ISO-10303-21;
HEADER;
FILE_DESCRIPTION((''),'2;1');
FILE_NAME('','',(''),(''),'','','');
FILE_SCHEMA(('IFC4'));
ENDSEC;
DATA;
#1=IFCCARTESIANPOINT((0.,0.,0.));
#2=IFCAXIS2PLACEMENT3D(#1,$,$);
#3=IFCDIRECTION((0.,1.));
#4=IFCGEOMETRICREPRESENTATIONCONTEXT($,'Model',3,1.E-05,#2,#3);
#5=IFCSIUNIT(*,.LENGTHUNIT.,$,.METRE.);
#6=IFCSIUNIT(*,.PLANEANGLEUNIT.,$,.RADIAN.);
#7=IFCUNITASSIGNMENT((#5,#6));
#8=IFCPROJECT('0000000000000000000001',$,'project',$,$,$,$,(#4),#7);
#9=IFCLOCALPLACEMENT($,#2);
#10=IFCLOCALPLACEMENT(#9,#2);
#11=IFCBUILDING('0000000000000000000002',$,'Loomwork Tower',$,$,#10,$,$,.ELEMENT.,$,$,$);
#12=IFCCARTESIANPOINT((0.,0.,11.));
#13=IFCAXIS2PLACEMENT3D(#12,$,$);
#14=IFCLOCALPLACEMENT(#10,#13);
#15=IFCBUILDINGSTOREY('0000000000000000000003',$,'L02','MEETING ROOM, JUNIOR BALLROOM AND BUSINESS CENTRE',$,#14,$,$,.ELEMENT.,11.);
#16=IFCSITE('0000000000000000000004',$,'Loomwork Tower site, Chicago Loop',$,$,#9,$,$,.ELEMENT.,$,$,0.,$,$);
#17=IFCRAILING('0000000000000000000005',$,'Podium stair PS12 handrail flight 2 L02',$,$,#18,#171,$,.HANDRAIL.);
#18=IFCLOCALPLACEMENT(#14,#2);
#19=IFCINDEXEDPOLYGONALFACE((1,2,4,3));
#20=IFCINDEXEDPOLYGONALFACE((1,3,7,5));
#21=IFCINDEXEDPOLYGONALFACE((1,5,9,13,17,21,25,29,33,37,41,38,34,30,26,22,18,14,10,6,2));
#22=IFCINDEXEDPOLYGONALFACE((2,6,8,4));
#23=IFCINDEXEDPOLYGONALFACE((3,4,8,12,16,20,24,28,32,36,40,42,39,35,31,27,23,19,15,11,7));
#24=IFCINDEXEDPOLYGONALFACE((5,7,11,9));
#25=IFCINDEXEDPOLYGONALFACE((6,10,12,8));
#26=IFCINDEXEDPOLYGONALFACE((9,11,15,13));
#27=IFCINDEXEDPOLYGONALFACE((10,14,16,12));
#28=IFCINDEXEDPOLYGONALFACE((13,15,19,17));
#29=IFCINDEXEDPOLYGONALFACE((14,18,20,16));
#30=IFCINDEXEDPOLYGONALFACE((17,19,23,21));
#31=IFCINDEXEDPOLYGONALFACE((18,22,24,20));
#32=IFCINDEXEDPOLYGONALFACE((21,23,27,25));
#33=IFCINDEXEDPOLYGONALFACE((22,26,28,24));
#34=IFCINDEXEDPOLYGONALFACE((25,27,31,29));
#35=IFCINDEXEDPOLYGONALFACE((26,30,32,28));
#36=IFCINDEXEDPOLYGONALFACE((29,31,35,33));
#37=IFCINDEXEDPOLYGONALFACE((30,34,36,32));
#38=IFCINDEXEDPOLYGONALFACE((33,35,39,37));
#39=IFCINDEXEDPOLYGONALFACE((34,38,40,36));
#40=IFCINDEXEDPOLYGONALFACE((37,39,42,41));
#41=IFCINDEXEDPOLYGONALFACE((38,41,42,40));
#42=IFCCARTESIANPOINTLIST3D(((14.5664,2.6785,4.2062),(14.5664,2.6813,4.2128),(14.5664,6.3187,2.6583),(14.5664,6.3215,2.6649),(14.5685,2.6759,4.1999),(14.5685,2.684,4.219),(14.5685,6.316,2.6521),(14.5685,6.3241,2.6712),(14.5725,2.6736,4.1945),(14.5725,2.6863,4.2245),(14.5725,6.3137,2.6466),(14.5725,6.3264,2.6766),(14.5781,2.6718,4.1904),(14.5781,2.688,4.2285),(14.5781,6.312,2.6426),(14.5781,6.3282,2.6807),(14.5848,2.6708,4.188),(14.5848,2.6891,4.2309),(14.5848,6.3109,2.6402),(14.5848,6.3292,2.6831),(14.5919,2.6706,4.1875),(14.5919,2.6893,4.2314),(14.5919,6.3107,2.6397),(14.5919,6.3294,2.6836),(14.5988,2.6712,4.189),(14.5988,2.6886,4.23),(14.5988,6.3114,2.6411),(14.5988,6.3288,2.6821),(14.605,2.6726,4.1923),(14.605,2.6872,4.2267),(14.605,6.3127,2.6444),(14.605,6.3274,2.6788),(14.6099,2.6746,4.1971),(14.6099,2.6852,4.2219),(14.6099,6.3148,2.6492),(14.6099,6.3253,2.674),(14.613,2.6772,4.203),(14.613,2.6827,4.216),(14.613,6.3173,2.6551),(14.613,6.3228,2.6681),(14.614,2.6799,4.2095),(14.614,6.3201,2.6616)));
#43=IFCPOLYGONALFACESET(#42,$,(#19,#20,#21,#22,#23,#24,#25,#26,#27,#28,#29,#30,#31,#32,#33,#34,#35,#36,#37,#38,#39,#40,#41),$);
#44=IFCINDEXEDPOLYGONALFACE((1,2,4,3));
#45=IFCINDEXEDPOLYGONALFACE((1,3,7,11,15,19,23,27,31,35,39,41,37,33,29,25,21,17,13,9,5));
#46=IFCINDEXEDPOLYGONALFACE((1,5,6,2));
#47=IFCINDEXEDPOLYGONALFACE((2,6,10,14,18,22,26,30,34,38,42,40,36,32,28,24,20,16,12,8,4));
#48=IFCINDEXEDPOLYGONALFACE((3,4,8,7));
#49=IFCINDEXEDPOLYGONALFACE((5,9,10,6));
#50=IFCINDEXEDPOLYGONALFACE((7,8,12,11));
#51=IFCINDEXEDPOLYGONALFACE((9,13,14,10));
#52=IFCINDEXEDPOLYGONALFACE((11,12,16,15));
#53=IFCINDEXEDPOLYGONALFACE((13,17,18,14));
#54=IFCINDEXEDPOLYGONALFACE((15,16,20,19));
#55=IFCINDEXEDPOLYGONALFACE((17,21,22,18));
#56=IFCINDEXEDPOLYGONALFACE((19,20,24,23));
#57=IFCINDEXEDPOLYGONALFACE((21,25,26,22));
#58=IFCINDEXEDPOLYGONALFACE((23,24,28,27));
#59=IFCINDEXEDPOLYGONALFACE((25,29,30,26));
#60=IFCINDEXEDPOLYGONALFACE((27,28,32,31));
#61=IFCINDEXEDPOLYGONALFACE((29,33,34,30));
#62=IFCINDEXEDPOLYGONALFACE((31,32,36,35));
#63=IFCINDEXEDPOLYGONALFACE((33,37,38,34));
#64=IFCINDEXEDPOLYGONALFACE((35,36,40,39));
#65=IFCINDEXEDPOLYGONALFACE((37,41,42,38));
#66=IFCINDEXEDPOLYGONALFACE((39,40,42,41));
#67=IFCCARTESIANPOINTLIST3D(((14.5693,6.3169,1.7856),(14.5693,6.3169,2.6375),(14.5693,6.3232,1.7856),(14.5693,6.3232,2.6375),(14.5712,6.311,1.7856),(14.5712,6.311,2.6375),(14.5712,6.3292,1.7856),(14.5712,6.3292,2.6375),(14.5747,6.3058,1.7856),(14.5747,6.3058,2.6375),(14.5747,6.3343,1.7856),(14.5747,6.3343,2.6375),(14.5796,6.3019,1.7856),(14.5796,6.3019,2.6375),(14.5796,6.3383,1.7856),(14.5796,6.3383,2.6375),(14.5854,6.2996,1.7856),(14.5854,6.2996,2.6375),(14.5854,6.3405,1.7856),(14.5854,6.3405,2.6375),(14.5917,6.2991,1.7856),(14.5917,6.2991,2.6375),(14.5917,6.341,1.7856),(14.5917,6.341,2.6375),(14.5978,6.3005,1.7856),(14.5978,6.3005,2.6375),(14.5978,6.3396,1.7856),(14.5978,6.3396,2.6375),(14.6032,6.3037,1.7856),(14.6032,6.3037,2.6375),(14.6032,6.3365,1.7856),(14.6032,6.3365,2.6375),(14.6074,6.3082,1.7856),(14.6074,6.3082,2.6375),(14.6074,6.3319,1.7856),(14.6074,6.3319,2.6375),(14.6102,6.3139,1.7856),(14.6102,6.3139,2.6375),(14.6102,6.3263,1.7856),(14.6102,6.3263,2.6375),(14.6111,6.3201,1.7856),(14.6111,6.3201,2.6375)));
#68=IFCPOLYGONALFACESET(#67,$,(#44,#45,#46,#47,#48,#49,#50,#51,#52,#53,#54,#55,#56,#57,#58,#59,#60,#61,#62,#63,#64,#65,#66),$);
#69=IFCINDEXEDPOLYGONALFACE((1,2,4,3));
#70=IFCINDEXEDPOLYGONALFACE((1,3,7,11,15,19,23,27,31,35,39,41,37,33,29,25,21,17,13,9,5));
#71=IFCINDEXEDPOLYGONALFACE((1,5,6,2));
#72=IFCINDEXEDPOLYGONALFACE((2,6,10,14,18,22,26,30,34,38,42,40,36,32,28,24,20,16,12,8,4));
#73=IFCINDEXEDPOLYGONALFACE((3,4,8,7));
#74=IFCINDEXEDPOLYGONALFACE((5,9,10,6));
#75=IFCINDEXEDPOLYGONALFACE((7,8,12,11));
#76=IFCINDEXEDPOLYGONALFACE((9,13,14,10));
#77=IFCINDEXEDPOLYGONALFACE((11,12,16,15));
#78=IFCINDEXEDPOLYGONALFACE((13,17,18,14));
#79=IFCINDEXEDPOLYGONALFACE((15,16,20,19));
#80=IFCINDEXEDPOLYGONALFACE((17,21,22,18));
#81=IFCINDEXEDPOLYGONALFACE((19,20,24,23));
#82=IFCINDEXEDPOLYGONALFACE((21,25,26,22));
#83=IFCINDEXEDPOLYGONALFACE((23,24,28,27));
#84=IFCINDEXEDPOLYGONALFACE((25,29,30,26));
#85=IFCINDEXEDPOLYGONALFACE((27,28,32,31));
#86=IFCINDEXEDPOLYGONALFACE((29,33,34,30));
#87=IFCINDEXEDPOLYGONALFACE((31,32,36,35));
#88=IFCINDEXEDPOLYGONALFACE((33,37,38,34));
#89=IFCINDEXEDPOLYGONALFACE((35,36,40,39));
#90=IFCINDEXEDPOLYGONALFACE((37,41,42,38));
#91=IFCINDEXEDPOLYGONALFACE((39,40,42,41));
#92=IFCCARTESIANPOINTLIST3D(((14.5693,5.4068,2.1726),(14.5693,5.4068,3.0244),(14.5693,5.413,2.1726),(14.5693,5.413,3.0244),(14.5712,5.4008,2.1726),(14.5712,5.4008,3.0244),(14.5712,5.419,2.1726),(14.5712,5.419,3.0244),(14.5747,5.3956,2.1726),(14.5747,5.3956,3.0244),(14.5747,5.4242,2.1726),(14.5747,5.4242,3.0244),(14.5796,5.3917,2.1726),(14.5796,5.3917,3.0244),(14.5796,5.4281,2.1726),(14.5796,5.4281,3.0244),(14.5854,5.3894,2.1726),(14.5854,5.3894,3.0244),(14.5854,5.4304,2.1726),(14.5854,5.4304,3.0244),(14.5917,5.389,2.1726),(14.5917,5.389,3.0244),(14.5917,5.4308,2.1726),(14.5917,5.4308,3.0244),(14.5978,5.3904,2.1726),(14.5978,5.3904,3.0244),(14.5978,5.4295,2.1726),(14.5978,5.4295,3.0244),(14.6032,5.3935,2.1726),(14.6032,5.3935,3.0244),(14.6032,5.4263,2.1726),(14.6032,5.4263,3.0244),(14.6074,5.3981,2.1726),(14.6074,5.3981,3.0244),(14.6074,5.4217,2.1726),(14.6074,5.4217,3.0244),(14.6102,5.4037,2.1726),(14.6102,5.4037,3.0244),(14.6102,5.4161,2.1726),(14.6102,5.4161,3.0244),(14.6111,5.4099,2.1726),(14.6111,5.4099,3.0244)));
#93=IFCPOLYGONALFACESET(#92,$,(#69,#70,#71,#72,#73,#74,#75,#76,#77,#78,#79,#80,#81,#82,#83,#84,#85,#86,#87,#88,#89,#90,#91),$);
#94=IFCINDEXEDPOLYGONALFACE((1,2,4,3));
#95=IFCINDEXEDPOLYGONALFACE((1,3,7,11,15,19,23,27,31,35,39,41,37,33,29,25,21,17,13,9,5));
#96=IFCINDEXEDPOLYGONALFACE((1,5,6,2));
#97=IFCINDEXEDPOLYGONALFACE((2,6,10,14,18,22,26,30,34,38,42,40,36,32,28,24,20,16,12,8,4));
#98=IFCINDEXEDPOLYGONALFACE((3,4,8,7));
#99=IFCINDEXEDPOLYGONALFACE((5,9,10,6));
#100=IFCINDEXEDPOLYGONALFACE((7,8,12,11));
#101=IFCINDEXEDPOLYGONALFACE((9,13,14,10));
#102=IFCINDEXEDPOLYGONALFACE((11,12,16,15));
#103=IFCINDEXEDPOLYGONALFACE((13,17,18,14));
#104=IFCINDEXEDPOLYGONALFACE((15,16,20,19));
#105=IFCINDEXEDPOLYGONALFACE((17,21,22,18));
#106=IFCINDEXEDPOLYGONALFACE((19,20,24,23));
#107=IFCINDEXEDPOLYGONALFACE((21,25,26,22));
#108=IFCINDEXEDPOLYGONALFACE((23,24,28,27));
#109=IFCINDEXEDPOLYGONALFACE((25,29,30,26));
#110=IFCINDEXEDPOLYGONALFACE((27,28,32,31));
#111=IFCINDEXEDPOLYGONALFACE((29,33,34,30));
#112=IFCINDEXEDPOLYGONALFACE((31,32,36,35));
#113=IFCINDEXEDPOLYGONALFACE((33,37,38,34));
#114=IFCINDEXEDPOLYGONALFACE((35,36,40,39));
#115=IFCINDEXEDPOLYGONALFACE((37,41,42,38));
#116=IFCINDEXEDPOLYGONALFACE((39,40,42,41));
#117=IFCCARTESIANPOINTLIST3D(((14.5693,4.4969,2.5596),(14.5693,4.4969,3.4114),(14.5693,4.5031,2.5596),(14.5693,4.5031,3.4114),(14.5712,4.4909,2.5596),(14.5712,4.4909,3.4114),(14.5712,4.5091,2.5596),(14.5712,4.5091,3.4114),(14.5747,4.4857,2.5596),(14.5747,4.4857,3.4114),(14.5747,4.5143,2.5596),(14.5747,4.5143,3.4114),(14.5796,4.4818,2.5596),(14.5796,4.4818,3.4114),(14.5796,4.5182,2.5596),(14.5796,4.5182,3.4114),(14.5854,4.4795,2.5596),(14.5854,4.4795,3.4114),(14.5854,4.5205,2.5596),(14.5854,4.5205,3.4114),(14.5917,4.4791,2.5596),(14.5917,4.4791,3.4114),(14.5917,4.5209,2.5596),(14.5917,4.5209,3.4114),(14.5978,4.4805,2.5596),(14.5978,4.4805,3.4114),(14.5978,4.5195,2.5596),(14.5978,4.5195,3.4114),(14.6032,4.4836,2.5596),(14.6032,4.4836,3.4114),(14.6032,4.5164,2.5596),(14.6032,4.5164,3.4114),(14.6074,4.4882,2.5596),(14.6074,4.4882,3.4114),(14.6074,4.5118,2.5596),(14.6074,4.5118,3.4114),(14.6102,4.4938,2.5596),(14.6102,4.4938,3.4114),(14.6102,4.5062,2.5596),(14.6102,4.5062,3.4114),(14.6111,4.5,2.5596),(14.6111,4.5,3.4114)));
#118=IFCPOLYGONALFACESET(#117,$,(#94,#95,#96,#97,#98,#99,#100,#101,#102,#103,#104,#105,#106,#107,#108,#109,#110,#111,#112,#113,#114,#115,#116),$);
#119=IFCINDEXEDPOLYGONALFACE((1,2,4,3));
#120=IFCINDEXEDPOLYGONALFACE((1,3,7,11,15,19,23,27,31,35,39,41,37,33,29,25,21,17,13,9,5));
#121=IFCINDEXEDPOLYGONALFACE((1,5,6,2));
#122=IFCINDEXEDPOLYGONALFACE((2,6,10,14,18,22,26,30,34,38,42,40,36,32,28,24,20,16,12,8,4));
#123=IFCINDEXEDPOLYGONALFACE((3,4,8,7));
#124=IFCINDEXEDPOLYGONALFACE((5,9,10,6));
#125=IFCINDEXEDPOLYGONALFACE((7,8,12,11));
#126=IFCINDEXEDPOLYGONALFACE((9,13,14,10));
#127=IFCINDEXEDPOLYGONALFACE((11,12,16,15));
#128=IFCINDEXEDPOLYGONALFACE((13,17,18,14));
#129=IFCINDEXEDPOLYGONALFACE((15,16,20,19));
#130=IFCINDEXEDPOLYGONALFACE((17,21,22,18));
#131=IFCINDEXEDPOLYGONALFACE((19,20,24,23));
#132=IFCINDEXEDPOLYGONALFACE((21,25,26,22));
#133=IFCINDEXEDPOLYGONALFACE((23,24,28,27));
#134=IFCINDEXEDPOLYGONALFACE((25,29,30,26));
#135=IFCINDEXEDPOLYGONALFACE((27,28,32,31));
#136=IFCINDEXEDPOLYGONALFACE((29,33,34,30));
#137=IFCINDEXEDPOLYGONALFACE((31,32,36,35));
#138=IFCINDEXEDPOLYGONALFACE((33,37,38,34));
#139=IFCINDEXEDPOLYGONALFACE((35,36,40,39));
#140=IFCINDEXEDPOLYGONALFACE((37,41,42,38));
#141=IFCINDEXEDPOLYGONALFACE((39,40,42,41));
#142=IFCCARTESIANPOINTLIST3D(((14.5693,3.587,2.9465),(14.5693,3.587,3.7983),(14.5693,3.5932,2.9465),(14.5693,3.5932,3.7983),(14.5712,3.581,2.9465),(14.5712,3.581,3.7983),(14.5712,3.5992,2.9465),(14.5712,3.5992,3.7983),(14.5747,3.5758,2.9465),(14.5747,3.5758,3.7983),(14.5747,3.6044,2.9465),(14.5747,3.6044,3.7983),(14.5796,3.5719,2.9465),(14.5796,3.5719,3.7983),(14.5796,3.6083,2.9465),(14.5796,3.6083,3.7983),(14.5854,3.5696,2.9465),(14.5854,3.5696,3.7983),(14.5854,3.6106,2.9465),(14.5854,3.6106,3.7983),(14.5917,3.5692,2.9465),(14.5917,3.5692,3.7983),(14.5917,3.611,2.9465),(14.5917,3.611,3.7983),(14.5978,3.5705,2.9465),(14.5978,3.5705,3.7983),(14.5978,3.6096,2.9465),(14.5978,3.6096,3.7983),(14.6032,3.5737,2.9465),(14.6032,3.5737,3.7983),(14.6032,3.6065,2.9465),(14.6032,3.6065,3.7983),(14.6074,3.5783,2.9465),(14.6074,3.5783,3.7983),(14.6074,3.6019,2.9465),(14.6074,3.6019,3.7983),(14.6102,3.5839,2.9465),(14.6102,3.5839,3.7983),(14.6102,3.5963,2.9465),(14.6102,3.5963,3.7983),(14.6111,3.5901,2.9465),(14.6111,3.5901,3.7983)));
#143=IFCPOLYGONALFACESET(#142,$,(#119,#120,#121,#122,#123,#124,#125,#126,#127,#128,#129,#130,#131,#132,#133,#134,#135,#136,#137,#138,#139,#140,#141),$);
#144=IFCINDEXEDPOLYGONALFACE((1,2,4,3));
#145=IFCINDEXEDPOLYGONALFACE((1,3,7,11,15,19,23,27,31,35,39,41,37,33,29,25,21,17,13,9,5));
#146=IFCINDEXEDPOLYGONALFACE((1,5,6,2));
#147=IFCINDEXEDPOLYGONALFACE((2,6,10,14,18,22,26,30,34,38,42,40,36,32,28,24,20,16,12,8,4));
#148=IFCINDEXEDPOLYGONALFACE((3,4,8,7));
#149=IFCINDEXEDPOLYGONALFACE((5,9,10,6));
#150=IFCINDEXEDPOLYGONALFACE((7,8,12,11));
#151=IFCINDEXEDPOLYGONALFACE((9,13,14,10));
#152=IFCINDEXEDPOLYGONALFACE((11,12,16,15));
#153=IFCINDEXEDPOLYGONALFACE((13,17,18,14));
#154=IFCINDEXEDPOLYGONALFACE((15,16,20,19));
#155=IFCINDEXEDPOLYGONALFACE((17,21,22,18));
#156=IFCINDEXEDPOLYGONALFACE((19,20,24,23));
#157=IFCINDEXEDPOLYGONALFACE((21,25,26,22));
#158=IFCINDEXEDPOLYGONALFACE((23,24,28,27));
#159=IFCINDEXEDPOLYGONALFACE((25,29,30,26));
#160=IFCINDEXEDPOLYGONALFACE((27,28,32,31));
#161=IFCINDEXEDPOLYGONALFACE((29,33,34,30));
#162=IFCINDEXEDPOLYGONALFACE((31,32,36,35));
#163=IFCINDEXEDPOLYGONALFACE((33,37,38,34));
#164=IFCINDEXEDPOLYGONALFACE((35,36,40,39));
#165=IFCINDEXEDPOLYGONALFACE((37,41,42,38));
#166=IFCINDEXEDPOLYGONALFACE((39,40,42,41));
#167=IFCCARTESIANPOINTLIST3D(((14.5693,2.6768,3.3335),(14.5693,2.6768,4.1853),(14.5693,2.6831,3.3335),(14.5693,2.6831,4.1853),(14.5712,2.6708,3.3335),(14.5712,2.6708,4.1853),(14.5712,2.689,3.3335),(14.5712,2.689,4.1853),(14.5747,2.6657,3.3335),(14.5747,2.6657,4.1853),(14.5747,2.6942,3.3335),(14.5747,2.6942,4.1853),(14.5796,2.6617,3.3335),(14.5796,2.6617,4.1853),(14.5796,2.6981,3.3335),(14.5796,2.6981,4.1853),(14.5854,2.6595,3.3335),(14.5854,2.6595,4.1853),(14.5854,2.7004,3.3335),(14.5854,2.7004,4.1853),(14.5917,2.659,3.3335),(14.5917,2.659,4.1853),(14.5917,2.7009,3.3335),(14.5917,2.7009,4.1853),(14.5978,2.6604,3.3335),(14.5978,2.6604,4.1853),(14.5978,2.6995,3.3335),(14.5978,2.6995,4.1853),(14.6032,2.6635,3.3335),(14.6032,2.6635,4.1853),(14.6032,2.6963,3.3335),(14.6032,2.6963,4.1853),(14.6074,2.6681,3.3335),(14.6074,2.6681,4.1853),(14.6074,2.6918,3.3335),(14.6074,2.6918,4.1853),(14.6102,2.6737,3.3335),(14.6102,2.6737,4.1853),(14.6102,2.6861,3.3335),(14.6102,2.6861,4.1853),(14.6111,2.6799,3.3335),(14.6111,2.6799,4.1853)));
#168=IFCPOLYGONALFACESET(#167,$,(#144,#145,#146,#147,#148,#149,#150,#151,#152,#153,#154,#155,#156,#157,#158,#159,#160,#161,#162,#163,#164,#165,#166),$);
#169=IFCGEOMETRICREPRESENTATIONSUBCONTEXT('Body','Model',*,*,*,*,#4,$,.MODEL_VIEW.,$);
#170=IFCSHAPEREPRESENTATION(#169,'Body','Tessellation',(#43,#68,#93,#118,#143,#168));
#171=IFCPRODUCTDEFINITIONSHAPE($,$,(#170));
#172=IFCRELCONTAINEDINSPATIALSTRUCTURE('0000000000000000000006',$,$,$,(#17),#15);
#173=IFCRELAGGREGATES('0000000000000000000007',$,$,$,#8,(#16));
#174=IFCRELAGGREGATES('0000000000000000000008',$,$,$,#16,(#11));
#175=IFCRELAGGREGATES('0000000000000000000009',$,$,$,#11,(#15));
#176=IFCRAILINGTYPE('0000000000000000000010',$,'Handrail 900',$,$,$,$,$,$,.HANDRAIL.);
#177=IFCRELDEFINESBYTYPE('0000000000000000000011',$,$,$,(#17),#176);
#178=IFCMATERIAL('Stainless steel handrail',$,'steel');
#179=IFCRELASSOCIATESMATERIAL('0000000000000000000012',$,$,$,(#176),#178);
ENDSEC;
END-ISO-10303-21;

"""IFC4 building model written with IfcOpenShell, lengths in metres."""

from ifc_helpers import new_model, si_unit, direction, frame, origin, origin_2d, place, context, subcontext, project, spatial, circle, extrude, material, type_object, element, save


model = new_model("IFC4")

# Units and contexts
model_context = context("Model", 3, precision=1e-05, world=origin(), true_north=direction((0.0, 1.0)))
body_context = subcontext(model_context, "Body", "Model", "MODEL_VIEW")
ifc_project = project(units=[si_unit("LENGTHUNIT", "METRE"), si_unit("PLANEANGLEUNIT", "RADIAN")], contexts=[model_context])

# Site, building, storey
site_placement = place(None, origin())
site = spatial("IfcSite", under=ifc_project, at=site_placement, Name="Loomwork Tower site, Chicago Loop", CompositionType="ELEMENT", RefElevation=0.0)
building_placement = place(site_placement, origin())
building = spatial("IfcBuilding", under=site, at=building_placement, Name="Loomwork Tower", CompositionType="ELEMENT")
storey_placement = place(building_placement, frame((0.0, 0.0, 11.0)))
storey = spatial("IfcBuildingStorey", under=building, at=storey_placement, Name="L02", Description="MEETING ROOM, JUNIOR BALLROOM AND BUSINESS CENTRE", CompositionType="ELEMENT", Elevation=11.0)

# Railing
ifc_material_1 = material(Name="Stainless steel handrail", Category="steel")
railing_type = type_object("IfcRailingType", Name="Handrail 900", PredefinedType="HANDRAIL", material=ifc_material_1)
railing_1_placement = place(storey_placement, frame((14.5901, 6.3201, 1.7856)))
element("IfcRailing", 1, at=railing_1_placement, inside=storey, type_object=railing_type, Name="Podium stair PS12 handrail flight 2 L02", PredefinedType="HANDRAIL", context=body_context, shape_type="SweptSolid", body=[
    extrude(circle(Radius=0.0239, at=origin_2d()), frame((0.0, 0.0, 0.876), z_axis=(0.0, -0.920259, 0.391311), x_axis=(1.0, 0.0, 0.0)), (0.0, 0.0, 1.0), 3.9556),
    extrude(circle(Radius=0.021, at=origin_2d()), origin(), (0.0, 0.0, 1.0), 0.8518),
    extrude(circle(Radius=0.021, at=origin_2d()), frame((0.0, -0.9102, 0.387)), (0.0, 0.0, 1.0), 0.8518),
    extrude(circle(Radius=0.021, at=origin_2d()), frame((0.0, -1.8201, 0.7739)), (0.0, 0.0, 1.0), 0.8518),
    extrude(circle(Radius=0.021, at=origin_2d()), frame((0.0, -2.73, 1.1609)), (0.0, 0.0, 1.0), 0.8518),
    extrude(circle(Radius=0.021, at=origin_2d()), frame((0.0, -3.6401, 1.5479)), (0.0, 0.0, 1.0), 0.8518),
])

save(model, "model.ifc")
